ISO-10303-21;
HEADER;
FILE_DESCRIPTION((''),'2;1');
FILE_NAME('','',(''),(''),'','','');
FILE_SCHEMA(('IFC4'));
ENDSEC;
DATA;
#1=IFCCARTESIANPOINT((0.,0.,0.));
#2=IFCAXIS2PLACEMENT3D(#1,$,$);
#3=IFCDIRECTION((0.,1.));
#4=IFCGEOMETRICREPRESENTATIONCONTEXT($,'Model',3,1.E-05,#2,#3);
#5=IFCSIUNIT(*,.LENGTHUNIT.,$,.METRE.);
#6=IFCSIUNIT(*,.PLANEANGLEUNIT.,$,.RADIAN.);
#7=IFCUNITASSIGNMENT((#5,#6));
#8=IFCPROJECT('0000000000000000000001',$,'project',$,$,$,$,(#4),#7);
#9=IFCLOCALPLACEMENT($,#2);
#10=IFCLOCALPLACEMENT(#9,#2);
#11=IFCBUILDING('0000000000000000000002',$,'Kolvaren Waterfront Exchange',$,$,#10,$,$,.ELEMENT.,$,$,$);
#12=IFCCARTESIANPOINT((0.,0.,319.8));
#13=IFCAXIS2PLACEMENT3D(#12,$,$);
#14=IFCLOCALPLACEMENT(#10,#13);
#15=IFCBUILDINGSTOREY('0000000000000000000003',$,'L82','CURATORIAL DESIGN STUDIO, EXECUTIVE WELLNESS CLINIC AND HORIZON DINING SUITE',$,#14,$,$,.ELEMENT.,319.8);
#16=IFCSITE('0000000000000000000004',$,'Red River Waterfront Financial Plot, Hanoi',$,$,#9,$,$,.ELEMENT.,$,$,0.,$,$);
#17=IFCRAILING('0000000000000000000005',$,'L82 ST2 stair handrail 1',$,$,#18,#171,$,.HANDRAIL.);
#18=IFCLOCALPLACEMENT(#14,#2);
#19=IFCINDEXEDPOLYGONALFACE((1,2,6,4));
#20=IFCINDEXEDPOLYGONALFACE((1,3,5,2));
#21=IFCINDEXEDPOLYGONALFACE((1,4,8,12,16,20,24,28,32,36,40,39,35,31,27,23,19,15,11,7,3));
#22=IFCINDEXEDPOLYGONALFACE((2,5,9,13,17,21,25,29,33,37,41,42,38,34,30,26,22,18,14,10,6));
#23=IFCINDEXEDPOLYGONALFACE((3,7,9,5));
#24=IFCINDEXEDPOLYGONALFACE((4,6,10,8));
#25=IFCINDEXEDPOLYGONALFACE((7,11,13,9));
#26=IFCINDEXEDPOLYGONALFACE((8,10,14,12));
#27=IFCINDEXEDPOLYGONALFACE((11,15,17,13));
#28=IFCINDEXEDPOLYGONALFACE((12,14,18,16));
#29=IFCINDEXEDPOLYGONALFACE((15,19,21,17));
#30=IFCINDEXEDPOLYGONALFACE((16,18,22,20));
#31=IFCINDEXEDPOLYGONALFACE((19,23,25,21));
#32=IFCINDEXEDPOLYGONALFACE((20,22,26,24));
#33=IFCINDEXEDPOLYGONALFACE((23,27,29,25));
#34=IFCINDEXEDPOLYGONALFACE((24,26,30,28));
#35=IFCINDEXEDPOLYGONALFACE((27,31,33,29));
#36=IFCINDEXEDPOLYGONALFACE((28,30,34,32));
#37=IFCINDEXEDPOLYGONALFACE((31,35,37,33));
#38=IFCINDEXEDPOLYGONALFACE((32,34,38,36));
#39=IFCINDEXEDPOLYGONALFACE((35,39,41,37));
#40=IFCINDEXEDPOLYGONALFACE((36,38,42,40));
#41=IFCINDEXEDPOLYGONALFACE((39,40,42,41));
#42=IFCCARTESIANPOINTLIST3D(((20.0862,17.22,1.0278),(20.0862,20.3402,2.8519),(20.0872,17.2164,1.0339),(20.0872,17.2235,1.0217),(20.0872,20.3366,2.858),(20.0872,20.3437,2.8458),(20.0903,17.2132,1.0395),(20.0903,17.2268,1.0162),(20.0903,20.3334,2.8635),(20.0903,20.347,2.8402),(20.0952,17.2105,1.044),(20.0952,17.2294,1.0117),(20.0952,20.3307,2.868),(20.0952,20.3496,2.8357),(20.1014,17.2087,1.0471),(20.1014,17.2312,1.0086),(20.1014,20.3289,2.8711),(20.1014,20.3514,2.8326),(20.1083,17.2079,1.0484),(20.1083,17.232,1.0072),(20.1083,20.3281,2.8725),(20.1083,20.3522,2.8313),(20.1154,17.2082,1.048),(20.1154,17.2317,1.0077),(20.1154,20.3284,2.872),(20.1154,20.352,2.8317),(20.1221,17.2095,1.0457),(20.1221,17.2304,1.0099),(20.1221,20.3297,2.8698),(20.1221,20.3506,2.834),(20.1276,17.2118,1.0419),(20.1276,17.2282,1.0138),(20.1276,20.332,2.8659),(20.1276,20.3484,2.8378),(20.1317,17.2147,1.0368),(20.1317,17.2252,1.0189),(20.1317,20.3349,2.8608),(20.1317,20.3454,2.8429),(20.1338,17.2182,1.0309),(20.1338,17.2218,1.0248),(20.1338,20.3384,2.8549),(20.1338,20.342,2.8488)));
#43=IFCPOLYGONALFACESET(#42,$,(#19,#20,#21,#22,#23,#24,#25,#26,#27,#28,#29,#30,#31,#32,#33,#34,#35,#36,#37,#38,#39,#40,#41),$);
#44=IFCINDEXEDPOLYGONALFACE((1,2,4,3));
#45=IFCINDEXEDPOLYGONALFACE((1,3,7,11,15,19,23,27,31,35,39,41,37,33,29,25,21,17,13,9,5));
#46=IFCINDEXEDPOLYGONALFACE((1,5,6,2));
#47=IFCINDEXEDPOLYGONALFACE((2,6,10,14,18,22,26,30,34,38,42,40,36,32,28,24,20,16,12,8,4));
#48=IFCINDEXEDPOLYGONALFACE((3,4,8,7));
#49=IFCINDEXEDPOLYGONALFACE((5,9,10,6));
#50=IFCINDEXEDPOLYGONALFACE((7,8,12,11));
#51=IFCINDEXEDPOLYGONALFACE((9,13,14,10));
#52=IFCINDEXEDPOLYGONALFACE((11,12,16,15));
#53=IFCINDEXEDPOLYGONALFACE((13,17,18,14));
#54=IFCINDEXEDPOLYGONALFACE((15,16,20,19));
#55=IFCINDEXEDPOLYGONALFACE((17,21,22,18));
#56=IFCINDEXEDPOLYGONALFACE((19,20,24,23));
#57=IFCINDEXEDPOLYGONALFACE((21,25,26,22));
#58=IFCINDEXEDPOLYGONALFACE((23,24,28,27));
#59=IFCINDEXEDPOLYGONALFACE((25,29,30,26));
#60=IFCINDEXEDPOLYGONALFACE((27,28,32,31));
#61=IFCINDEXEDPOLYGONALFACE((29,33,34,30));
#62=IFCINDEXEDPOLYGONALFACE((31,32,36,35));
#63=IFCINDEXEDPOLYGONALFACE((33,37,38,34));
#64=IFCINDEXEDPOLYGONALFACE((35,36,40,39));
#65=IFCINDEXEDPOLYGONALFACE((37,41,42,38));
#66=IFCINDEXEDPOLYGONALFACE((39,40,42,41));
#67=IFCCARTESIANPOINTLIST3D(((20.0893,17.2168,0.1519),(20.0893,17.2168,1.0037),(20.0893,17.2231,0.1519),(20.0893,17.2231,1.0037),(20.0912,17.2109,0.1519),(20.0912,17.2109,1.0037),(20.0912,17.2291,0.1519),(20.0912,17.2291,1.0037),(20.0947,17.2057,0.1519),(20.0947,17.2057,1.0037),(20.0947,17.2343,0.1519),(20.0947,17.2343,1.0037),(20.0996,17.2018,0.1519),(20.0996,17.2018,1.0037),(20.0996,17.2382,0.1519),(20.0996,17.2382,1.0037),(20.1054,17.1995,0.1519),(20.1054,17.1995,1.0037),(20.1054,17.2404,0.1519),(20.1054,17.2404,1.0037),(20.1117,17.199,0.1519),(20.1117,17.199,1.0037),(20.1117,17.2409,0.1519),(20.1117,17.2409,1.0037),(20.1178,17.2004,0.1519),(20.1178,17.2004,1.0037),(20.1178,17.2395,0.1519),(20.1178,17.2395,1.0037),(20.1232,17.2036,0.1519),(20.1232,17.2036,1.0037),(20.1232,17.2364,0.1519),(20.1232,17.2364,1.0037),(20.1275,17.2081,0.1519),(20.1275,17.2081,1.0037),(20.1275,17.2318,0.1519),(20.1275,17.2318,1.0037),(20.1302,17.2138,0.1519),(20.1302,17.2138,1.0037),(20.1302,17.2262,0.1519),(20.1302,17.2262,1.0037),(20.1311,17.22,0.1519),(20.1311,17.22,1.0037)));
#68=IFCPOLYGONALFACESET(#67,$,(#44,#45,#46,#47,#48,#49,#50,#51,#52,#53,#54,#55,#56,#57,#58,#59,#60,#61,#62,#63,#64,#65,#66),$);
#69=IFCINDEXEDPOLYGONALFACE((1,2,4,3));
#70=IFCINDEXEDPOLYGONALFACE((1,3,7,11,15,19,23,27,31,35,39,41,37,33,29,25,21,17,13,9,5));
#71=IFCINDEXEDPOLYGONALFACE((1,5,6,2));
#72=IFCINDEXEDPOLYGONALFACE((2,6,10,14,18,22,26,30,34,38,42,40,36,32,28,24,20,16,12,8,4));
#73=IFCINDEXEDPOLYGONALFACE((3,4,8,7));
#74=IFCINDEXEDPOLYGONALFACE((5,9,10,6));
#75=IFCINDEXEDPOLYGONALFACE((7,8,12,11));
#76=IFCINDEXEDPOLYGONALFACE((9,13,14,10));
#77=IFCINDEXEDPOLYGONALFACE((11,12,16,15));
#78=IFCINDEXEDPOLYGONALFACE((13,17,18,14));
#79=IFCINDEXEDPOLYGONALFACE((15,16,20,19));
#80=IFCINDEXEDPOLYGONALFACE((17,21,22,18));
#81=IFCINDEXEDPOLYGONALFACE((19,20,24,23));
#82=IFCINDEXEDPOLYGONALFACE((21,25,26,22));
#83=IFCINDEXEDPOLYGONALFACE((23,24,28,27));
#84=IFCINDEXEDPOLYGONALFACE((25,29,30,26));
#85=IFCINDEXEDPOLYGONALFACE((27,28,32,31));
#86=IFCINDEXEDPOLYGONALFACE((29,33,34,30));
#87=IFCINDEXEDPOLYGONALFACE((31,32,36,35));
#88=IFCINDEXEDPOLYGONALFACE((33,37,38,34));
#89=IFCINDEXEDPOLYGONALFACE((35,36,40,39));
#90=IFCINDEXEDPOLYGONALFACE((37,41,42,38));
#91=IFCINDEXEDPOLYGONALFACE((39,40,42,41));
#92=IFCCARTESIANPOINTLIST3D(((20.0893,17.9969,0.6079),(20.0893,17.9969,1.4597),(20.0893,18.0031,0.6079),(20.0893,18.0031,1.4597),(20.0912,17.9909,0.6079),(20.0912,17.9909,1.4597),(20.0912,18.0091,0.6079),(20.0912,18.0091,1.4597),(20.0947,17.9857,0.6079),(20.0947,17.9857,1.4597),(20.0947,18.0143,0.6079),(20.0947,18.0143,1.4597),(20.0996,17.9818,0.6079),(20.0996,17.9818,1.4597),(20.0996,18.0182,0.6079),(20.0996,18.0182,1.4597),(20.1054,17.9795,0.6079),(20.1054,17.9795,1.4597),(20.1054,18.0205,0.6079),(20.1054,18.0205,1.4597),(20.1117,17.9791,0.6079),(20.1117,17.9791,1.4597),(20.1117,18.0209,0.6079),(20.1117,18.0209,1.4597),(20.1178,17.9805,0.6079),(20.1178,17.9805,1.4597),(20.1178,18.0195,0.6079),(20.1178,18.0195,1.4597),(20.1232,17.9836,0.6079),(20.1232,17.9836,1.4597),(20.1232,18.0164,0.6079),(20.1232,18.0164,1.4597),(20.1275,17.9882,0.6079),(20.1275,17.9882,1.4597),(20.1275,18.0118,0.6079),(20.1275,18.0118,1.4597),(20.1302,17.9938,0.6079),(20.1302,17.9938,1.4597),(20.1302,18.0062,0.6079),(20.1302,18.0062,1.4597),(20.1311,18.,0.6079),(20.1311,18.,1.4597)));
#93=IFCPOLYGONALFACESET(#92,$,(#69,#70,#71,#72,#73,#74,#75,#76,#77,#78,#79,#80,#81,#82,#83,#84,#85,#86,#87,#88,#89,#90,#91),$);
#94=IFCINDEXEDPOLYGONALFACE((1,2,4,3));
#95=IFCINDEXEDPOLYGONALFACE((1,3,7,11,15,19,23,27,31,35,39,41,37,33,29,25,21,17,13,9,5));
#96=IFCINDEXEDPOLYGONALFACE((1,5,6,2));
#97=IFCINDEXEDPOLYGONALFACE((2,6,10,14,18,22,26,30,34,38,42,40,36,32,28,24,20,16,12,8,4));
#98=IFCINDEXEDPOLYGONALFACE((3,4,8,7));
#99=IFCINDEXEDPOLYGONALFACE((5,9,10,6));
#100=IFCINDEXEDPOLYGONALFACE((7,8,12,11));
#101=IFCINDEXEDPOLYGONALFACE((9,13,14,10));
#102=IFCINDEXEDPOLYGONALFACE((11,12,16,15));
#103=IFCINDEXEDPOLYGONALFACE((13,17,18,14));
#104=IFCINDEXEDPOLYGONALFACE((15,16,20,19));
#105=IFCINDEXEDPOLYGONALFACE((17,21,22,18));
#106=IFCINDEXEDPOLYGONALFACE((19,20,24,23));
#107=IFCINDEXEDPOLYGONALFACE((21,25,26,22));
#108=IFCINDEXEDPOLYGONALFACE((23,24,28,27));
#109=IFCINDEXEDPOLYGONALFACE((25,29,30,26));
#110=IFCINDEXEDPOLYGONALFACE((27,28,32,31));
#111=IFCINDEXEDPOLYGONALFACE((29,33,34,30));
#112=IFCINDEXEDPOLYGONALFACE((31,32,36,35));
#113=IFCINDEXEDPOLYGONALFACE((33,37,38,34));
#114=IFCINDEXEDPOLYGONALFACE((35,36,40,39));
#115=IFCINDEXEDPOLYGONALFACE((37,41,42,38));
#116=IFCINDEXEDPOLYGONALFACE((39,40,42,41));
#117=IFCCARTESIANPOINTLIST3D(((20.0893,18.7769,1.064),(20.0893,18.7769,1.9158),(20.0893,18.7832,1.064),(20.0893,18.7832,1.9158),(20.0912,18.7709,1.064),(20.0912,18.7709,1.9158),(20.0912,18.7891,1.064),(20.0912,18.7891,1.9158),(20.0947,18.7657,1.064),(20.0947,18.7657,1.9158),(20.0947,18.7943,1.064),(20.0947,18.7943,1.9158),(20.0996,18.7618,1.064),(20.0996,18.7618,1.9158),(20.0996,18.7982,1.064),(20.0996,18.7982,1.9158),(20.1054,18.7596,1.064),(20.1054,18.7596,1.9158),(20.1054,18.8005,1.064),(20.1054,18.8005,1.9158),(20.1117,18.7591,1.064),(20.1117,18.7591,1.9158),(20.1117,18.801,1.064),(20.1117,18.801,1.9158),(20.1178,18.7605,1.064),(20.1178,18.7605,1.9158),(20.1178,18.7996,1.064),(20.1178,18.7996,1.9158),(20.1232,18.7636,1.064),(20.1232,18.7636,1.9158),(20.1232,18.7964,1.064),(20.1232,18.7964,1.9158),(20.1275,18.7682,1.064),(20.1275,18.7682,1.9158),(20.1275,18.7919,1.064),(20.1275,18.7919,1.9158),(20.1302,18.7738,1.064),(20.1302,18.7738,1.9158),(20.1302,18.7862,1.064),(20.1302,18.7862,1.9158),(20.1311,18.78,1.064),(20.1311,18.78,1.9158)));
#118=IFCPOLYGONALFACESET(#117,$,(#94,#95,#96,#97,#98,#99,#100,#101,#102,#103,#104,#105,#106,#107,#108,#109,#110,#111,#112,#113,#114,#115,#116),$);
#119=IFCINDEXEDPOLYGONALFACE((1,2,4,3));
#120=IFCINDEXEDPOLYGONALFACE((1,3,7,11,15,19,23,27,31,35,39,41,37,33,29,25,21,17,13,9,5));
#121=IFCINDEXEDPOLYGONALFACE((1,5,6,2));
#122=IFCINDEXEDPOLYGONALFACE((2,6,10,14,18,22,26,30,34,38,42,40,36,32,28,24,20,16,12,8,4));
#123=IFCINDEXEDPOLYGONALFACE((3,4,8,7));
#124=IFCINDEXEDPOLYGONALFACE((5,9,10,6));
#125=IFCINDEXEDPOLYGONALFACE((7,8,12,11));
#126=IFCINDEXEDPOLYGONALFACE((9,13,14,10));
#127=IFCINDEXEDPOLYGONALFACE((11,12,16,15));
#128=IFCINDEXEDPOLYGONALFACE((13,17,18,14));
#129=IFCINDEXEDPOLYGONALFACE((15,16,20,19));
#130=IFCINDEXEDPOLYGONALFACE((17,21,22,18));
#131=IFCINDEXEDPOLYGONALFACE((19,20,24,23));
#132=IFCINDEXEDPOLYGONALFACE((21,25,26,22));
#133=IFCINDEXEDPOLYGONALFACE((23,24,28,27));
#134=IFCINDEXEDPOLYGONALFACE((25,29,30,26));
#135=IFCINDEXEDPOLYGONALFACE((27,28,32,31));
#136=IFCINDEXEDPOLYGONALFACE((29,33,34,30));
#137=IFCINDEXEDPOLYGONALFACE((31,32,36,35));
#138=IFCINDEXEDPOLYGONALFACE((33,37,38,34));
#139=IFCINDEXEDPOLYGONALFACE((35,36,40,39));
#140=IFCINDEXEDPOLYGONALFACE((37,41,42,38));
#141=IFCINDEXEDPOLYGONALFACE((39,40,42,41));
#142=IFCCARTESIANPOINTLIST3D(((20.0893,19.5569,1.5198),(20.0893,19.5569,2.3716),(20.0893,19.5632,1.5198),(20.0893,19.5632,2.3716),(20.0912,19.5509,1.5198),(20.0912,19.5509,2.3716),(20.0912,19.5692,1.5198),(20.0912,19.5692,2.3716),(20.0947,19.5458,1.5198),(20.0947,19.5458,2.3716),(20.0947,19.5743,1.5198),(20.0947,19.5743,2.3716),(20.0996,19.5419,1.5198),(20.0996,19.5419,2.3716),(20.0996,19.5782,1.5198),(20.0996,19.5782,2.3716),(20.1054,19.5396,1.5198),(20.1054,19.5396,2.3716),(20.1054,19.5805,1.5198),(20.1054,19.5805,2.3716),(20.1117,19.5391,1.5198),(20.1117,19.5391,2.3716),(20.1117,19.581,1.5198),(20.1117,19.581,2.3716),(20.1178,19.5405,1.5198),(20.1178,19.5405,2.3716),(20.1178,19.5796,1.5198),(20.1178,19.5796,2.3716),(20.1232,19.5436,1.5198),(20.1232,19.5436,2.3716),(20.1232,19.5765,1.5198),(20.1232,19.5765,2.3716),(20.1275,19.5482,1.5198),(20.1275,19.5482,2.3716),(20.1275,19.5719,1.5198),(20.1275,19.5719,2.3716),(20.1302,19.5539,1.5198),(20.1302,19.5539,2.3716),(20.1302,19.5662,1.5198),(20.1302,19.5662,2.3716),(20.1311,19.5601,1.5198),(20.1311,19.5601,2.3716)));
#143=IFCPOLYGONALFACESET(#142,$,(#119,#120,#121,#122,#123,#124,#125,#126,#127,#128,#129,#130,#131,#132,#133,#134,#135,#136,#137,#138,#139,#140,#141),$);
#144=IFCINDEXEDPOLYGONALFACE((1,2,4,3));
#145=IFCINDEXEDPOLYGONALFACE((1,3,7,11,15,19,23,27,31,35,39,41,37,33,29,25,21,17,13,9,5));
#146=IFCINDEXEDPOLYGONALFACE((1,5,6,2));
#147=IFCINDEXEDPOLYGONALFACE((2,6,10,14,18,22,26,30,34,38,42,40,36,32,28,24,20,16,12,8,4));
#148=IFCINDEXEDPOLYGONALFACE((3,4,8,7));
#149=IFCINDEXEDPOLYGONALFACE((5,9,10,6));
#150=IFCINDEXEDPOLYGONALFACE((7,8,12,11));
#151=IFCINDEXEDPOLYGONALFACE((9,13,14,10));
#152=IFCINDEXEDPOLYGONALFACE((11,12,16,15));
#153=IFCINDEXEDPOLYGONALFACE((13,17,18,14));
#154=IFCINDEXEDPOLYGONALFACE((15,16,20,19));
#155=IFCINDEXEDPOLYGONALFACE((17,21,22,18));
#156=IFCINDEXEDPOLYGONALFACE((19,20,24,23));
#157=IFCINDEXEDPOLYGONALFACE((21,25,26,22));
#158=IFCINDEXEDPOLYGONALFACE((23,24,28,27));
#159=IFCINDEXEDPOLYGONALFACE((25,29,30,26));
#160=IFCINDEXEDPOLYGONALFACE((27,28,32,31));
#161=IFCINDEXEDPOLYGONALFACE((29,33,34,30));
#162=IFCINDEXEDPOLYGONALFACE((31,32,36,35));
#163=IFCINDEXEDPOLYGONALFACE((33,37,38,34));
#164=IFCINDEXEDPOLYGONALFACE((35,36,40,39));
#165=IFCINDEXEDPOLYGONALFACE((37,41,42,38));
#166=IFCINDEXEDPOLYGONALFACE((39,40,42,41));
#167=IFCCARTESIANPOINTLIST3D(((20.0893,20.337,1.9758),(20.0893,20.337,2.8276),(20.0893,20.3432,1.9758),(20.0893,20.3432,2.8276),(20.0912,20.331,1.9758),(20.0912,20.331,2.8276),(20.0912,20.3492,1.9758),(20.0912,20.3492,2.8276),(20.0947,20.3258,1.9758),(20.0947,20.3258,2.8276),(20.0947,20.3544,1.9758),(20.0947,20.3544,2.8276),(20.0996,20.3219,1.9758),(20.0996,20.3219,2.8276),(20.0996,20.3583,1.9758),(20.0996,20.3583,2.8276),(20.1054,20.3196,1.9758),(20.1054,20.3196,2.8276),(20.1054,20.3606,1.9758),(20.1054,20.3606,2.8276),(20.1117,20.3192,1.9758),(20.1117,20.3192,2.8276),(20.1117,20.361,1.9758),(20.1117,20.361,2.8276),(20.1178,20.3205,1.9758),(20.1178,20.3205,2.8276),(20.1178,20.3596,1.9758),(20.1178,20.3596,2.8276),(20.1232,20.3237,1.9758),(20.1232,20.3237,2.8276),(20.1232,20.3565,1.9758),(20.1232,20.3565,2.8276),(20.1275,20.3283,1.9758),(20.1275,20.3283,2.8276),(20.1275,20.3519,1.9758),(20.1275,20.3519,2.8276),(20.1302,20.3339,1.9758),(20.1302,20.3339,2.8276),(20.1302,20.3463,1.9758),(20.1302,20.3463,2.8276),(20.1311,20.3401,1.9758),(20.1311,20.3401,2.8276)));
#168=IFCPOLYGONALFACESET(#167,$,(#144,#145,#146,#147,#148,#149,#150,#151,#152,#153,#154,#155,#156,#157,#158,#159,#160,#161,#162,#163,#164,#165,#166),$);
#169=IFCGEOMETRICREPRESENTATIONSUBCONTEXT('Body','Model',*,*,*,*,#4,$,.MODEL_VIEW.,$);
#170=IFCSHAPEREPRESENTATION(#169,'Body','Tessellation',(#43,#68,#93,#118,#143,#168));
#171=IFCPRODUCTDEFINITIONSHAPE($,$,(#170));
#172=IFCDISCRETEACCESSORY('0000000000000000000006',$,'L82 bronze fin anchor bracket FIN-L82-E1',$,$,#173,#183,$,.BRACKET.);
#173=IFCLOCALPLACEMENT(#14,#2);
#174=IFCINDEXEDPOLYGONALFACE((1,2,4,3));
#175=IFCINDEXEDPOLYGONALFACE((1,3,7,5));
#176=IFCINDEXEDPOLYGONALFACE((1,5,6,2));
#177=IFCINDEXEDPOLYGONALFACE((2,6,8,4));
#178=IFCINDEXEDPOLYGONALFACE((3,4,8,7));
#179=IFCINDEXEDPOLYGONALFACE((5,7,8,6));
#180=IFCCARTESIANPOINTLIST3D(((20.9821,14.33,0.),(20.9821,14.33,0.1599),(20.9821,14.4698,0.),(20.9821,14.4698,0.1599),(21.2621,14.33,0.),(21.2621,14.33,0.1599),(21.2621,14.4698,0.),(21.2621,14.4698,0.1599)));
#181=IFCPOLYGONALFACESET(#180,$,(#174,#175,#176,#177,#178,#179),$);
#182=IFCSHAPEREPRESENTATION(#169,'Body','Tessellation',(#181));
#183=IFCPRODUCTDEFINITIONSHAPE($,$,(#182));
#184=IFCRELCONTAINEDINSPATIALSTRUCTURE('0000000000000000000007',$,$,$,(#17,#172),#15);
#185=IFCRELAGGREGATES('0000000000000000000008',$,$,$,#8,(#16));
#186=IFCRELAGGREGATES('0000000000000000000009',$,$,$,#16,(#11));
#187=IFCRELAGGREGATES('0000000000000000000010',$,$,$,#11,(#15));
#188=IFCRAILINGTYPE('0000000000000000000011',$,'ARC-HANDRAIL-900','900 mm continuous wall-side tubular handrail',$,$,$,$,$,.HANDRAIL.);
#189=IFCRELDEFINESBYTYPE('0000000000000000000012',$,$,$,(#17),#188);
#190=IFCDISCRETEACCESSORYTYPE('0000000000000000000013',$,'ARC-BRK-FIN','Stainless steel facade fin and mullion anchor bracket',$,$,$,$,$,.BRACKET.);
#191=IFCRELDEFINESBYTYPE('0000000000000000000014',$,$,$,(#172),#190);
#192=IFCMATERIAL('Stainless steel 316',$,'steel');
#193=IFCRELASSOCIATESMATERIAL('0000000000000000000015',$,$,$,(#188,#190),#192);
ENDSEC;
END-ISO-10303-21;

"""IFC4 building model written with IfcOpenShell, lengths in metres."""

from ifc_helpers import new_model, si_unit, direction, frame, origin, origin_with_axes, origin_2d, place, context, subcontext, project, spatial, rectangle, circle, extrude, source, transform, mapped, material, type_object, element, save


model = new_model("IFC4")

# Units and contexts
model_context = context("Model", 3, precision=1e-05, world=origin(), true_north=direction((0.0, 1.0)))
body_context = subcontext(model_context, "Body", "Model", "MODEL_VIEW")
ifc_project = project(units=[si_unit("LENGTHUNIT", "METRE"), si_unit("PLANEANGLEUNIT", "RADIAN")], contexts=[model_context])

# Site, building, storey
site_placement = place(None, origin())
site = spatial("IfcSite", under=ifc_project, at=site_placement, Name="Red River Waterfront Financial Plot, Hanoi", CompositionType="ELEMENT", RefElevation=0.0)
building_placement = place(site_placement, origin())
building = spatial("IfcBuilding", under=site, at=building_placement, Name="Kolvaren Waterfront Exchange", CompositionType="ELEMENT")
storey_placement = place(building_placement, frame((0.0, 0.0, 319.8)))
storey = spatial("IfcBuildingStorey", under=building, at=storey_placement, Name="L82", Description="CURATORIAL DESIGN STUDIO, EXECUTIVE WELLNESS CLINIC AND HORIZON DINING SUITE", CompositionType="ELEMENT", Elevation=319.8)

# Railing
ifc_material_1 = material(Name="Stainless steel 316", Category="steel")
railing_type_1 = type_object("IfcRailingType", Name="ARC-HANDRAIL-900", Description="900 mm continuous wall-side tubular handrail", PredefinedType="HANDRAIL", material=ifc_material_1)
railing_1_placement = place(storey_placement, frame((20.1101, 17.22, 0.1519)))
element("IfcRailing", 1, at=railing_1_placement, inside=storey, type_object=railing_type_1, Name="L82 ST2 stair handrail 1", PredefinedType="HANDRAIL", context=body_context, shape_type="SweptSolid", body=[
    extrude(circle(Radius=0.0239, at=origin_2d()), frame((0.0, 0.0, 0.876), z_axis=(0.0, 0.863308, 0.504677), x_axis=(-1.0, 0.0, 0.0)), (0.0, 0.0, 1.0), 3.6143),
    extrude(circle(Radius=0.021, at=origin_2d()), origin(), (0.0, 0.0, 1.0), 0.8518),
    extrude(circle(Radius=0.021, at=origin_2d()), frame((0.0, 0.78, 0.4561)), (0.0, 0.0, 1.0), 0.8518),
    extrude(circle(Radius=0.021, at=origin_2d()), frame((0.0, 1.5601, 0.9121)), (0.0, 0.0, 1.0), 0.8518),
    extrude(circle(Radius=0.021, at=origin_2d()), frame((0.0, 2.3401, 1.3679)), (0.0, 0.0, 1.0), 0.8518),
    extrude(circle(Radius=0.021, at=origin_2d()), frame((0.0, 3.1201, 1.824)), (0.0, 0.0, 1.0), 0.8518),
])

# Discrete accessory
discrete_accessory_type = type_object("IfcDiscreteAccessoryType", Name="ARC-BRK-FIN", Description="Stainless steel facade fin and mullion anchor bracket", PredefinedType="BRACKET", material=ifc_material_1)
shared_shape = source(origin_with_axes(), body_context, "Body", "SweptSolid", [
    extrude(rectangle(XDim=0.28, YDim=0.1399, at=origin_2d()), origin(), (0.0, 0.0, 1.0), 0.1599),
])
discrete_accessory_placement = place(storey_placement, frame((21.1221, 14.3999, 0.0), z_axis=(0.0, 0.0, 1.0), x_axis=(1.0, 0.0, 0.0)))
element("IfcDiscreteAccessory", 2, at=discrete_accessory_placement, inside=storey, type_object=discrete_accessory_type, Name="L82 bronze fin anchor bracket FIN-L82-E1", PredefinedType="BRACKET", context=body_context, shape_type="MappedRepresentation", body=[
    mapped(shared_shape, transform((0.0, 0.0, 0.0), x_axis=(1.0, 0.0, 0.0), y_axis=(0.0, 1.0, 0.0), z_axis=(0.0, 0.0, 1.0), scale=1.0)),
])

save(model, "model.ifc")
